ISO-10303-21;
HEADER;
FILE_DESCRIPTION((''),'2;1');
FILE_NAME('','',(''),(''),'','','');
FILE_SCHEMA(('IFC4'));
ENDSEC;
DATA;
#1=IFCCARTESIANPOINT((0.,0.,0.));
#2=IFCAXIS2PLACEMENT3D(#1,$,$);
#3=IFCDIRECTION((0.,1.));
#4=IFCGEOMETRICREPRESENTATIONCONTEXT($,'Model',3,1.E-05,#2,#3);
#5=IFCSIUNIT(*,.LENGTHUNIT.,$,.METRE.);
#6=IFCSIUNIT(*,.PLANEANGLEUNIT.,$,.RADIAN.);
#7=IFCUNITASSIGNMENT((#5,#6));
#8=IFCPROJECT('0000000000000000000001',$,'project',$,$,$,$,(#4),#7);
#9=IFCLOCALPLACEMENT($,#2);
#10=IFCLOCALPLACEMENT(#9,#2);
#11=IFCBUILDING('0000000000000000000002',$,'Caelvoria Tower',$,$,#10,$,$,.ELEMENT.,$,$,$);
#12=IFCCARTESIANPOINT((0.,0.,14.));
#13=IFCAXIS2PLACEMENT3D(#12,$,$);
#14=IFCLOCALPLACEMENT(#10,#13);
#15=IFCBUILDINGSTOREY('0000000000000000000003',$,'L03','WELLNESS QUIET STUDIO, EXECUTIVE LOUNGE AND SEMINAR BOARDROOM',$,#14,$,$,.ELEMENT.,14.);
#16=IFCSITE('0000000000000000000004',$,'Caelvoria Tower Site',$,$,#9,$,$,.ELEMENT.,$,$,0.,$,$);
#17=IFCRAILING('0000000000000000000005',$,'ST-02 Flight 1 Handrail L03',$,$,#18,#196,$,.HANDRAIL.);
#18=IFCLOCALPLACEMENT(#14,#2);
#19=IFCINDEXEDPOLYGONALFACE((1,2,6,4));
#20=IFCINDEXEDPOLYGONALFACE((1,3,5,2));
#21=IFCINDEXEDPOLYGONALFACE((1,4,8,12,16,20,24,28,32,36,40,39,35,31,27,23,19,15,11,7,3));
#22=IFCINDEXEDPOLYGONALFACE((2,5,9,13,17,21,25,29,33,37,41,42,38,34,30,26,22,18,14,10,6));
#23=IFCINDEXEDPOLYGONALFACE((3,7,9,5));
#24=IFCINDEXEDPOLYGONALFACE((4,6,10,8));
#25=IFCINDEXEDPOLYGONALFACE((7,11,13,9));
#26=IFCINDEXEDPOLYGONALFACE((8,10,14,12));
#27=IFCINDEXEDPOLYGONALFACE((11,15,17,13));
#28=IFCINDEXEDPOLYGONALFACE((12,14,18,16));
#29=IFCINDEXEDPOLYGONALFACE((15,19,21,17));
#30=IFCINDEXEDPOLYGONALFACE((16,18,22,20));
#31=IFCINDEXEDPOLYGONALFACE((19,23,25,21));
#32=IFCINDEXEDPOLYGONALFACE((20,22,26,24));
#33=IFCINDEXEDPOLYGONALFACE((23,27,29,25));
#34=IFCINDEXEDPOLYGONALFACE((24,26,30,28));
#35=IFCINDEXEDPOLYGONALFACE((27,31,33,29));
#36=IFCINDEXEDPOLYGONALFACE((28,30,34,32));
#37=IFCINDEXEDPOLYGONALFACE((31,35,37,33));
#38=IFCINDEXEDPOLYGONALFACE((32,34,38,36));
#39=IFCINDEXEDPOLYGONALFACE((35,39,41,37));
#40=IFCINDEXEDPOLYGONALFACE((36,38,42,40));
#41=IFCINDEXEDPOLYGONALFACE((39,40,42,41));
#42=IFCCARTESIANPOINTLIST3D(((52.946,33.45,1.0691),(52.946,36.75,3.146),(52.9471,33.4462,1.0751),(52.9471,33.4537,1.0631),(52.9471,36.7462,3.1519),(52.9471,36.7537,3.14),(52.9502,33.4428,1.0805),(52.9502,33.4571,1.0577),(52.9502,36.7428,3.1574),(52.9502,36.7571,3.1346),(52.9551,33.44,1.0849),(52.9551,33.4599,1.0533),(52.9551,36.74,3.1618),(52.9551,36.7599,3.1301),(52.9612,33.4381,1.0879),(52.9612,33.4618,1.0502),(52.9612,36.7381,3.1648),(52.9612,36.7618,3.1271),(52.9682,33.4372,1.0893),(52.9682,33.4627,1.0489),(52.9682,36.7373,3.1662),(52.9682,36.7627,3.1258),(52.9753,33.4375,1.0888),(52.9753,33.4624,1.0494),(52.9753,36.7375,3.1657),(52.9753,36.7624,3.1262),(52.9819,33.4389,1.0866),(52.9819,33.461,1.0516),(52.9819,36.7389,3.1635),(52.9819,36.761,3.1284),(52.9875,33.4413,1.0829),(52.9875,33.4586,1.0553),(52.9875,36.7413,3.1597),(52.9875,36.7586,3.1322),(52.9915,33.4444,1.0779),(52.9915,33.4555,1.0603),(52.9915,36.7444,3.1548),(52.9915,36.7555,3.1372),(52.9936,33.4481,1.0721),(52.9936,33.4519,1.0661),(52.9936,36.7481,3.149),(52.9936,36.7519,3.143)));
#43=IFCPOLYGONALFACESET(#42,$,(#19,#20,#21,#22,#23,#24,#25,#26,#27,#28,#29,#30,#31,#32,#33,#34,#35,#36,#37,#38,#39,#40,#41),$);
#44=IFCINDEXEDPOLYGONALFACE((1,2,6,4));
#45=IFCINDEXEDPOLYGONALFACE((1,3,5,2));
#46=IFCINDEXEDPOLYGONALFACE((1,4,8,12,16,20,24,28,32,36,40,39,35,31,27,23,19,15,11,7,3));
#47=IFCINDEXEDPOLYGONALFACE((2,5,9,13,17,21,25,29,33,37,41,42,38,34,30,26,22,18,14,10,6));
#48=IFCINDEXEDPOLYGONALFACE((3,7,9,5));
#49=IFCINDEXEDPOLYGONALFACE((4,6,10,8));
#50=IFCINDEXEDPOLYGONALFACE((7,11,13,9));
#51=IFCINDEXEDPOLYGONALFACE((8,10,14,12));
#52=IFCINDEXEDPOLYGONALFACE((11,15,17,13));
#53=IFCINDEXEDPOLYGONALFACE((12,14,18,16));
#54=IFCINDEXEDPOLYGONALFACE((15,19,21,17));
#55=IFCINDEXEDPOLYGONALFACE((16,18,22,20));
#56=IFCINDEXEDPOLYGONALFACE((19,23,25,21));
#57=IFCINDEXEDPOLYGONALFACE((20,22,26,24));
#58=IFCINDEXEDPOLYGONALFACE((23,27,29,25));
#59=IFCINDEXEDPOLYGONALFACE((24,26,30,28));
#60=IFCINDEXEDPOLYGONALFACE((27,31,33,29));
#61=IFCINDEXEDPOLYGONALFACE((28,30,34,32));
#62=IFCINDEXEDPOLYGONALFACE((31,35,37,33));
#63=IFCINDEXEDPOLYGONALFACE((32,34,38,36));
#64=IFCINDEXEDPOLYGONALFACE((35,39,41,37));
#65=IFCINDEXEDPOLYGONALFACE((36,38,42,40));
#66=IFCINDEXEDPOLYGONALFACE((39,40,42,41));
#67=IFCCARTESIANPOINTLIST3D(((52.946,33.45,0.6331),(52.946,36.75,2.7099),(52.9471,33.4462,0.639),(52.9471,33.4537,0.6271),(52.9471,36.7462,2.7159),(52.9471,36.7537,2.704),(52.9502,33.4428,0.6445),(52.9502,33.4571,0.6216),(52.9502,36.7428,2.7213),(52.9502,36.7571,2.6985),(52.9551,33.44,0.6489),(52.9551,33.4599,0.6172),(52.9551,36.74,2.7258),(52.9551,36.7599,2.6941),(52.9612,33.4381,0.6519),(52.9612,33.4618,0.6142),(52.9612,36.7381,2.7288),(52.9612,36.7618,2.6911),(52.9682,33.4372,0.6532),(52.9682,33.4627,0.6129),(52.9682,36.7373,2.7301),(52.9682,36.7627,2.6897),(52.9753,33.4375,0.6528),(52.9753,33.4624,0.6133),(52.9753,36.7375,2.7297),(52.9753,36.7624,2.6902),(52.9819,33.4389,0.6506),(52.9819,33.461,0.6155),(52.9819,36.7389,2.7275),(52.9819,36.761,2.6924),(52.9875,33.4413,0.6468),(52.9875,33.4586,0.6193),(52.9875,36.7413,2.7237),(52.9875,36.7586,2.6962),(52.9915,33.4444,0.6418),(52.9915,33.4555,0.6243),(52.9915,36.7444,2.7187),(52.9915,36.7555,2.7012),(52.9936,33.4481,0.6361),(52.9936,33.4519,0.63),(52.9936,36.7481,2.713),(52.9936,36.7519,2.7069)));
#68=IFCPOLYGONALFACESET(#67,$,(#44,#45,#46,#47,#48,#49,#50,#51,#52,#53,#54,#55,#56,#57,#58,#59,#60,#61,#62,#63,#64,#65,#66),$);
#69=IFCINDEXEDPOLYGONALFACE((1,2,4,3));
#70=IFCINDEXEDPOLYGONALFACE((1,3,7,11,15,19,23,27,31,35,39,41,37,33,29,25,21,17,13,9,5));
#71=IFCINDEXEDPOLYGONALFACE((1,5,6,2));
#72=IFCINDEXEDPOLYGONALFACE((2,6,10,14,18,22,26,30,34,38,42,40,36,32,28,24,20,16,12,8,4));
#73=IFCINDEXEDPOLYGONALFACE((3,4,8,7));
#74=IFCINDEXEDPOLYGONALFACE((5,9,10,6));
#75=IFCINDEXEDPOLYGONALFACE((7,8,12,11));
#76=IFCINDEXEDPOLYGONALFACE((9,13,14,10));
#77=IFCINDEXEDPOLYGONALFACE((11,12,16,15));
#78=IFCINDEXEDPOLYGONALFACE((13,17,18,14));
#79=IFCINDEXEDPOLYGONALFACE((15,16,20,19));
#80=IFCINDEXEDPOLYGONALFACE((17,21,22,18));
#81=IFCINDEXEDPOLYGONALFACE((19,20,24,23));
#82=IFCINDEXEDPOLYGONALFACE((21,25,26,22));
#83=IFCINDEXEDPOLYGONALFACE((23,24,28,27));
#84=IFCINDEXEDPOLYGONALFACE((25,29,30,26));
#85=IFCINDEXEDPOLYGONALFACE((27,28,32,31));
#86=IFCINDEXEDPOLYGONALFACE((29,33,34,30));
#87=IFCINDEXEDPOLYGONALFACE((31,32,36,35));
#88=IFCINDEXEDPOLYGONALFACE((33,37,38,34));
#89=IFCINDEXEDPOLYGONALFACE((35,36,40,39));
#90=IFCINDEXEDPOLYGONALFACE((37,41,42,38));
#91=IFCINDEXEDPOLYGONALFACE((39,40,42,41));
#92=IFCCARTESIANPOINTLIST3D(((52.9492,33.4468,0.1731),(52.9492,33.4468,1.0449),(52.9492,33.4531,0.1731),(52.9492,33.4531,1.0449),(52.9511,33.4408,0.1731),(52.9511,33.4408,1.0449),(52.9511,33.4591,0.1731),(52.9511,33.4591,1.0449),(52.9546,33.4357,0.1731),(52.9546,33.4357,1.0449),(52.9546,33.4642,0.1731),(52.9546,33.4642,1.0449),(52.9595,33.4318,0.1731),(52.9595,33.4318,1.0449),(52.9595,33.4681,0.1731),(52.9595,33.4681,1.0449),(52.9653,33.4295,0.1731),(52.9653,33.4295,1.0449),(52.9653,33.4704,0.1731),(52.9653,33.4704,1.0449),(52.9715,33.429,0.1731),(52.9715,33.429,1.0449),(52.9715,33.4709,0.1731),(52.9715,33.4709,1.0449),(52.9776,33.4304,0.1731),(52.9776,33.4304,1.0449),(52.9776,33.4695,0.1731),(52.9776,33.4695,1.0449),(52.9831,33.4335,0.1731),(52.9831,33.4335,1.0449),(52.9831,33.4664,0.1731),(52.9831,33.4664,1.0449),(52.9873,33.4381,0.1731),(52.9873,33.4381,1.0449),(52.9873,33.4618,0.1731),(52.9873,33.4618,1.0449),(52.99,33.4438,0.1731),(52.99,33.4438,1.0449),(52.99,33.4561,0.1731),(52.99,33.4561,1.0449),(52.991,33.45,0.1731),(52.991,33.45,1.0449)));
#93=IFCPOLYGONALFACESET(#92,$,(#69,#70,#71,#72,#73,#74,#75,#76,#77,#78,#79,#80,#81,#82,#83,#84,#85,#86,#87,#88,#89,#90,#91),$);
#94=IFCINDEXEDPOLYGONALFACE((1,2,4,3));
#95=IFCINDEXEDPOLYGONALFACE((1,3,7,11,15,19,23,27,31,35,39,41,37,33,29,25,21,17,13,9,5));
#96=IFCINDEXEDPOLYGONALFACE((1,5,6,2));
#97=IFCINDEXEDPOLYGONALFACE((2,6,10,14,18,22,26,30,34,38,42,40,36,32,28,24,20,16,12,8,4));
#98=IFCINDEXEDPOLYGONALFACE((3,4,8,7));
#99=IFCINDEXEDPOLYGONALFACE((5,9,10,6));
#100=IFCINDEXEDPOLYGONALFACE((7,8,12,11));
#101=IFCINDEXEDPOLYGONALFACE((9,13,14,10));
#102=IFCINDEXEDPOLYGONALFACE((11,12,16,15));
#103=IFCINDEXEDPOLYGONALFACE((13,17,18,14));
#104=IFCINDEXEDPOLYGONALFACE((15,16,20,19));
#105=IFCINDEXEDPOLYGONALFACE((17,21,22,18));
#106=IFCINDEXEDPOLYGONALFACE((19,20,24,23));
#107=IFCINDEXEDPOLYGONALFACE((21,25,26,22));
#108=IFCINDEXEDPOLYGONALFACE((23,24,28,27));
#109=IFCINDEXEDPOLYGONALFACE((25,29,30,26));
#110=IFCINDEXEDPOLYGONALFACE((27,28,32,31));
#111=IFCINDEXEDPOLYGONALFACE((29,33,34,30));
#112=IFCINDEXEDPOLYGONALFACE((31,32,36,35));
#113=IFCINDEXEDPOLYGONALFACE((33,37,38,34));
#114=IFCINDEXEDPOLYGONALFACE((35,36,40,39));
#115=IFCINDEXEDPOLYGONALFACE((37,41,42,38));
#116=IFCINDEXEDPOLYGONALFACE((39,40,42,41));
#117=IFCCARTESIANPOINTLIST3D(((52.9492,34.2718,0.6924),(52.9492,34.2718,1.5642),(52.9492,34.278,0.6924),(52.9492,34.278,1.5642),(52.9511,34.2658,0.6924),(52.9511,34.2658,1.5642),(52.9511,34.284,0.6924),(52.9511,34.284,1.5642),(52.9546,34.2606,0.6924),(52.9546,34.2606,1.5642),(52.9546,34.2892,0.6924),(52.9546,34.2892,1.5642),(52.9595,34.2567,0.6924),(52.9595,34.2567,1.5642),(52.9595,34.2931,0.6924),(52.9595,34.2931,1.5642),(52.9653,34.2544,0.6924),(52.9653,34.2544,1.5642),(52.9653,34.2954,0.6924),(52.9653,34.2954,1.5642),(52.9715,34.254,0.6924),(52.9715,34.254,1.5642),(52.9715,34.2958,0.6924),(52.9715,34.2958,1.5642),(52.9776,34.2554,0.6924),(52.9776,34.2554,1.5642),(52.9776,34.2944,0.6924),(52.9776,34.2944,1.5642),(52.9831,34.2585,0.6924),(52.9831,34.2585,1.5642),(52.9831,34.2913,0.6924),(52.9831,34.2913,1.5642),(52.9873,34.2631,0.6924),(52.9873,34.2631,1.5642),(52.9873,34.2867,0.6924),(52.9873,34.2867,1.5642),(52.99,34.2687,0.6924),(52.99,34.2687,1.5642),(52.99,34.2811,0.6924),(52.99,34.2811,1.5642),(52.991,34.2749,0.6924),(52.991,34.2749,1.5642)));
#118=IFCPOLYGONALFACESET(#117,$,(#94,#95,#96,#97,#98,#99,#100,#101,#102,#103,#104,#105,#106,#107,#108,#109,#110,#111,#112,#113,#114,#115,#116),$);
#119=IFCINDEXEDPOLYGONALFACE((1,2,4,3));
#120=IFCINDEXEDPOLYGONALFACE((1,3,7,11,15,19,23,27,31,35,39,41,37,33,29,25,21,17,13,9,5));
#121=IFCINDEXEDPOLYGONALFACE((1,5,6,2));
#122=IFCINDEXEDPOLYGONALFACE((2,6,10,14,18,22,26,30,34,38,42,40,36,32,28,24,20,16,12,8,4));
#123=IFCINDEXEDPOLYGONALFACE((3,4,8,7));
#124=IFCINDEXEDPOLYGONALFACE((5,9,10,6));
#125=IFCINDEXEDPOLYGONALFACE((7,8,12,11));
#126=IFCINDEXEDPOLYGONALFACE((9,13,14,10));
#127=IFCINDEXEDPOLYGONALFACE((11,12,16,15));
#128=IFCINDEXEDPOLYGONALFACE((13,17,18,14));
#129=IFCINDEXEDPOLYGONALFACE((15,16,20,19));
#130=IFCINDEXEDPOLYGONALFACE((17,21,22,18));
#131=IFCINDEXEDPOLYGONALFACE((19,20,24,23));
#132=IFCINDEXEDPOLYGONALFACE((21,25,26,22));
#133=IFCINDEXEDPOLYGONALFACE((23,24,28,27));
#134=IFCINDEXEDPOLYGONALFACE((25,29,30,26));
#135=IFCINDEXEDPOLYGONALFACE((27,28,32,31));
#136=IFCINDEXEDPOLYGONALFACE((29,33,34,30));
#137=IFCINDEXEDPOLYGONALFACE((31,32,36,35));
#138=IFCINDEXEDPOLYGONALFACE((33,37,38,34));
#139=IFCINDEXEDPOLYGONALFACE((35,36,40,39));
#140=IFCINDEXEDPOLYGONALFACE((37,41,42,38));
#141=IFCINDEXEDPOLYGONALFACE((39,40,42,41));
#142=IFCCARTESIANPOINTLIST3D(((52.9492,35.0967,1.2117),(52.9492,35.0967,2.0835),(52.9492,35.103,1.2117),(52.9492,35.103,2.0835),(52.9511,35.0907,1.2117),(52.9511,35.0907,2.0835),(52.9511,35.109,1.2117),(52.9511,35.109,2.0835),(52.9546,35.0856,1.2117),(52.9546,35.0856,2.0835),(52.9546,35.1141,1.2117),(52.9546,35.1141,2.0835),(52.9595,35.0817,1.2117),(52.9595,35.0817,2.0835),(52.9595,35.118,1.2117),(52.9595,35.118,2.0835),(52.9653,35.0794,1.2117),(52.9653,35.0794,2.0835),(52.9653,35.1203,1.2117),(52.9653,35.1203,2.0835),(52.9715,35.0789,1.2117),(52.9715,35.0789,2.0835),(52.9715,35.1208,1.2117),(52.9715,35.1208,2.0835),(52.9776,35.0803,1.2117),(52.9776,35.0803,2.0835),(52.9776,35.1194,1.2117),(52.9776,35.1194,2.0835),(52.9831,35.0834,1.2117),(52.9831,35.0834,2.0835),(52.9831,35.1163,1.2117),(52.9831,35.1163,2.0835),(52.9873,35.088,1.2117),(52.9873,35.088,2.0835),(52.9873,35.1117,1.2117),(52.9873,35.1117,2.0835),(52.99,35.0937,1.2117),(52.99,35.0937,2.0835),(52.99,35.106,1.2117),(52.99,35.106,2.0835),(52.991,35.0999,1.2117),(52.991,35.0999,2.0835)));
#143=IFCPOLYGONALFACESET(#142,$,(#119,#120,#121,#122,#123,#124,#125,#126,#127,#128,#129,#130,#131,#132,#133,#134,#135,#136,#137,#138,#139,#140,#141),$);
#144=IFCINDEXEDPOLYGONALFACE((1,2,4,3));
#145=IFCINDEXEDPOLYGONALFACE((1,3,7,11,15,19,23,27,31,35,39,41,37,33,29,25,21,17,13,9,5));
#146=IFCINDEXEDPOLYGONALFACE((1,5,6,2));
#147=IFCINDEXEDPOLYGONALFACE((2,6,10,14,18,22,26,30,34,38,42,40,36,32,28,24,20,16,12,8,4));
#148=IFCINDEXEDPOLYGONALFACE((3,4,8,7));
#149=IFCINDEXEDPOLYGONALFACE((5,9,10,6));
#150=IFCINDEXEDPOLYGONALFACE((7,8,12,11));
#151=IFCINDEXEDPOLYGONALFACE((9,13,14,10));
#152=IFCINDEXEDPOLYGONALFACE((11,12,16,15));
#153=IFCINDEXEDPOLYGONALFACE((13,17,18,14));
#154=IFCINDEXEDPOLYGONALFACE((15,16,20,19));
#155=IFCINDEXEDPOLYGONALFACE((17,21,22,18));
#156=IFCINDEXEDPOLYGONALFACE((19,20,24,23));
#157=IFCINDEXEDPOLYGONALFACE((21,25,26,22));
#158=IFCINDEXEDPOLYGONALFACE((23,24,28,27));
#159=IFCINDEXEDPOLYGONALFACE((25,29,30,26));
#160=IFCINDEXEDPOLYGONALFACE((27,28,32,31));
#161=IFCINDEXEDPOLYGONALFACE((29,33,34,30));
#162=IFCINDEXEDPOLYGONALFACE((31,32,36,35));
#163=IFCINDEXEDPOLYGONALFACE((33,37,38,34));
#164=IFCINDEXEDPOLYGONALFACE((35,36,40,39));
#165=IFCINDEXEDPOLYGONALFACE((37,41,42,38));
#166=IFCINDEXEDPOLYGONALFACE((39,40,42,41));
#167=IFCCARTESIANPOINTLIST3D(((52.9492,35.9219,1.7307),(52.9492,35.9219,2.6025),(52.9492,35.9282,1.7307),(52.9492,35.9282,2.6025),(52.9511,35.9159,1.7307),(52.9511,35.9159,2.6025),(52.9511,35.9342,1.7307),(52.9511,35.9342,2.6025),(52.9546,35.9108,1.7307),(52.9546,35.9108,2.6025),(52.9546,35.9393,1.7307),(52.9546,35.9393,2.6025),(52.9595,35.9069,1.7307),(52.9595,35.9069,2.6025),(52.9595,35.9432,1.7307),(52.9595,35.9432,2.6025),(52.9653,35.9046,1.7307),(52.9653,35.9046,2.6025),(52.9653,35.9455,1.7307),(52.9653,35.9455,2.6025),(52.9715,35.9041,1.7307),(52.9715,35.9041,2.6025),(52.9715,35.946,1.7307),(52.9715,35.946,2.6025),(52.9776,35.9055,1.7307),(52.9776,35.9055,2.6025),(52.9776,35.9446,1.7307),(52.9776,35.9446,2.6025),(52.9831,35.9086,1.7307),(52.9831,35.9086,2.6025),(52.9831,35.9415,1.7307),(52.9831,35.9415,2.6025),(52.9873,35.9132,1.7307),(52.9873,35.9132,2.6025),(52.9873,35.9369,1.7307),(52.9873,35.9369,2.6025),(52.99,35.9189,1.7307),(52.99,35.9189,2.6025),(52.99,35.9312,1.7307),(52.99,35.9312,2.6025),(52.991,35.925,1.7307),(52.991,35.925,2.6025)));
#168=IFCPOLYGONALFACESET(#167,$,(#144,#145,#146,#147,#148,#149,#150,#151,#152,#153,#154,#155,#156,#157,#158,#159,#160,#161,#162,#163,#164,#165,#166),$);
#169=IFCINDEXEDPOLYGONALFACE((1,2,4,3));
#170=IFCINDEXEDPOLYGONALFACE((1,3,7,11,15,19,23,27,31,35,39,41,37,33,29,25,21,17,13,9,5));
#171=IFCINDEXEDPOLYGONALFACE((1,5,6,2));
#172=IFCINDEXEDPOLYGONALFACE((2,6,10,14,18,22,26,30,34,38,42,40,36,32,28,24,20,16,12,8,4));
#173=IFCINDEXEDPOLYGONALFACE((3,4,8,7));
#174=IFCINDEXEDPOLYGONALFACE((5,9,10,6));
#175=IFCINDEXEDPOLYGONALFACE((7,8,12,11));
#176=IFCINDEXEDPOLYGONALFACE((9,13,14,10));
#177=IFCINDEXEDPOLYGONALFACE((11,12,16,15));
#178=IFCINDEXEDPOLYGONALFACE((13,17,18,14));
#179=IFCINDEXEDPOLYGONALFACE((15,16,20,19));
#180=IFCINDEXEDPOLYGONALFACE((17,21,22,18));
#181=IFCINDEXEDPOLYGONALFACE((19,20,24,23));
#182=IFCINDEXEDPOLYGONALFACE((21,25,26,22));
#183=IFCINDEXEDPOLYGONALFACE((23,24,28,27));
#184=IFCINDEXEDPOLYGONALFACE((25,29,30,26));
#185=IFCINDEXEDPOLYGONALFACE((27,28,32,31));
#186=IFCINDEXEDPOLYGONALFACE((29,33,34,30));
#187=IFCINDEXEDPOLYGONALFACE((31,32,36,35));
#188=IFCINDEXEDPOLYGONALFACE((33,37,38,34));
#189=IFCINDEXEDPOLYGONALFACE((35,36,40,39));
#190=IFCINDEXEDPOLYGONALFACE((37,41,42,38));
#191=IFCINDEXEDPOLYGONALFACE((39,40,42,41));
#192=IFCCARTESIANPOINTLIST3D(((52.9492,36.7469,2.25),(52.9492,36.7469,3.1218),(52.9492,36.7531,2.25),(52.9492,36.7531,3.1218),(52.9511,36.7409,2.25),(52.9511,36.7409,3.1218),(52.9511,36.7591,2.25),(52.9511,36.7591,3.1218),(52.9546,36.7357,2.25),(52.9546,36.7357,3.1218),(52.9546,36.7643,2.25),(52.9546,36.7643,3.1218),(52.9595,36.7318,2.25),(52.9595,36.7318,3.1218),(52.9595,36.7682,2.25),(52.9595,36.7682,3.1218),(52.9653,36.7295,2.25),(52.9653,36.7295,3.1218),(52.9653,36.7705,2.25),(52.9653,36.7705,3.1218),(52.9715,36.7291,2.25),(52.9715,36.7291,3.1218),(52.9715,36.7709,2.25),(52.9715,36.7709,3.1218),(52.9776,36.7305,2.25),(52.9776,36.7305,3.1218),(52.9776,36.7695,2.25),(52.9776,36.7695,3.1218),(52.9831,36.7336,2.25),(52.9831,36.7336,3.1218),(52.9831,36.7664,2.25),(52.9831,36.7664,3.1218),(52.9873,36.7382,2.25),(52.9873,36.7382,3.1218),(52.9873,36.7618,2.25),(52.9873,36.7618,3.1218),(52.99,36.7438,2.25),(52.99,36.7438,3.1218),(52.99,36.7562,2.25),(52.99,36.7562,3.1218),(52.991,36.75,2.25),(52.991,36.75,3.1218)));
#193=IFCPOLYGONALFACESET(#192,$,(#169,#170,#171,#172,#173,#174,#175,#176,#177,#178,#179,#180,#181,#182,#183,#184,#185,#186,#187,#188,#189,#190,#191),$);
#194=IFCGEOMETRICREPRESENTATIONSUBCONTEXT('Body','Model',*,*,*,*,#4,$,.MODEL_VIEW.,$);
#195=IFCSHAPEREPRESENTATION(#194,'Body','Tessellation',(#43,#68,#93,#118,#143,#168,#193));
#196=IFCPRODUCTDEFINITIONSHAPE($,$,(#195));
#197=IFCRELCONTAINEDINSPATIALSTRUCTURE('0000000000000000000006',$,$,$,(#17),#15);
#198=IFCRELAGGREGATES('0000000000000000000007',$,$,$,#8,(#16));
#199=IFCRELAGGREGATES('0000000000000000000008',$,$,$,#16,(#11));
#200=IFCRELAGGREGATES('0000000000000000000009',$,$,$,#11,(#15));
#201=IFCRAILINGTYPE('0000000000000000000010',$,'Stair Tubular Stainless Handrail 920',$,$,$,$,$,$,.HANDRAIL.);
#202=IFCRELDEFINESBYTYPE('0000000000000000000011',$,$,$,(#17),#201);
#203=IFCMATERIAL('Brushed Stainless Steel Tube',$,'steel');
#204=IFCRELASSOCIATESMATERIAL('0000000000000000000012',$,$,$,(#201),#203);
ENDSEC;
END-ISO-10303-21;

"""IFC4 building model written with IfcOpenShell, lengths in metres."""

from ifc_helpers import new_model, si_unit, direction, frame, origin, origin_2d, place, context, subcontext, project, spatial, circle, extrude, material, type_object, element, save


model = new_model("IFC4")

# Units and contexts
model_context = context("Model", 3, precision=1e-05, world=origin(), true_north=direction((0.0, 1.0)))
body_context = subcontext(model_context, "Body", "Model", "MODEL_VIEW")
ifc_project = project(units=[si_unit("LENGTHUNIT", "METRE"), si_unit("PLANEANGLEUNIT", "RADIAN")], contexts=[model_context])

# Site, building, storey
site_placement = place(None, origin())
site = spatial("IfcSite", under=ifc_project, at=site_placement, Name="Caelvoria Tower Site", CompositionType="ELEMENT", RefElevation=0.0)
building_placement = place(site_placement, origin())
building = spatial("IfcBuilding", under=site, at=building_placement, Name="Caelvoria Tower", CompositionType="ELEMENT")
storey_placement = place(building_placement, frame((0.0, 0.0, 14.0)))
storey = spatial("IfcBuildingStorey", under=building, at=storey_placement, Name="L03", Description="WELLNESS QUIET STUDIO, EXECUTIVE LOUNGE AND SEMINAR BOARDROOM", CompositionType="ELEMENT", Elevation=14.0)

# Railing
ifc_material_1 = material(Name="Brushed Stainless Steel Tube", Category="steel")
railing_type_1 = type_object("IfcRailingType", Name="Stair Tubular Stainless Handrail 920", PredefinedType="HANDRAIL", material=ifc_material_1)
railing_1_placement = place(storey_placement, frame((52.97, 33.45, 0.1731)))
element("IfcRailing", 1, at=railing_1_placement, inside=storey, type_object=railing_type_1, Name="ST-02 Flight 1 Handrail L03", PredefinedType="HANDRAIL", context=body_context, shape_type="SweptSolid", body=[
    extrude(circle(Radius=0.0239, at=origin_2d()), frame((0.0, 0.0, 0.896), z_axis=(0.0, 0.846337, 0.532647), x_axis=(-1.0, 0.0, 0.0)), (0.0, 0.0, 1.0), 3.8992),
    extrude(circle(Radius=0.0239, at=origin_2d()), frame((0.0, 0.0, 0.46), z_axis=(0.0, 0.846337, 0.532647), x_axis=(-1.0, 0.0, 0.0)), (0.0, 0.0, 1.0), 3.8992),
    extrude(circle(Radius=0.021, at=origin_2d()), origin(), (0.0, 0.0, 1.0), 0.8718),
    extrude(circle(Radius=0.021, at=origin_2d()), frame((0.0, 0.825, 0.5193)), (0.0, 0.0, 1.0), 0.8718),
    extrude(circle(Radius=0.021, at=origin_2d()), frame((0.0, 1.6499, 1.0386)), (0.0, 0.0, 1.0), 0.8718),
    extrude(circle(Radius=0.021, at=origin_2d()), frame((0.0, 2.4751, 1.5576)), (0.0, 0.0, 1.0), 0.8718),
    extrude(circle(Radius=0.021, at=origin_2d()), frame((0.0, 3.3, 2.0769)), (0.0, 0.0, 1.0), 0.8718),
])

save(model, "model.ifc")
